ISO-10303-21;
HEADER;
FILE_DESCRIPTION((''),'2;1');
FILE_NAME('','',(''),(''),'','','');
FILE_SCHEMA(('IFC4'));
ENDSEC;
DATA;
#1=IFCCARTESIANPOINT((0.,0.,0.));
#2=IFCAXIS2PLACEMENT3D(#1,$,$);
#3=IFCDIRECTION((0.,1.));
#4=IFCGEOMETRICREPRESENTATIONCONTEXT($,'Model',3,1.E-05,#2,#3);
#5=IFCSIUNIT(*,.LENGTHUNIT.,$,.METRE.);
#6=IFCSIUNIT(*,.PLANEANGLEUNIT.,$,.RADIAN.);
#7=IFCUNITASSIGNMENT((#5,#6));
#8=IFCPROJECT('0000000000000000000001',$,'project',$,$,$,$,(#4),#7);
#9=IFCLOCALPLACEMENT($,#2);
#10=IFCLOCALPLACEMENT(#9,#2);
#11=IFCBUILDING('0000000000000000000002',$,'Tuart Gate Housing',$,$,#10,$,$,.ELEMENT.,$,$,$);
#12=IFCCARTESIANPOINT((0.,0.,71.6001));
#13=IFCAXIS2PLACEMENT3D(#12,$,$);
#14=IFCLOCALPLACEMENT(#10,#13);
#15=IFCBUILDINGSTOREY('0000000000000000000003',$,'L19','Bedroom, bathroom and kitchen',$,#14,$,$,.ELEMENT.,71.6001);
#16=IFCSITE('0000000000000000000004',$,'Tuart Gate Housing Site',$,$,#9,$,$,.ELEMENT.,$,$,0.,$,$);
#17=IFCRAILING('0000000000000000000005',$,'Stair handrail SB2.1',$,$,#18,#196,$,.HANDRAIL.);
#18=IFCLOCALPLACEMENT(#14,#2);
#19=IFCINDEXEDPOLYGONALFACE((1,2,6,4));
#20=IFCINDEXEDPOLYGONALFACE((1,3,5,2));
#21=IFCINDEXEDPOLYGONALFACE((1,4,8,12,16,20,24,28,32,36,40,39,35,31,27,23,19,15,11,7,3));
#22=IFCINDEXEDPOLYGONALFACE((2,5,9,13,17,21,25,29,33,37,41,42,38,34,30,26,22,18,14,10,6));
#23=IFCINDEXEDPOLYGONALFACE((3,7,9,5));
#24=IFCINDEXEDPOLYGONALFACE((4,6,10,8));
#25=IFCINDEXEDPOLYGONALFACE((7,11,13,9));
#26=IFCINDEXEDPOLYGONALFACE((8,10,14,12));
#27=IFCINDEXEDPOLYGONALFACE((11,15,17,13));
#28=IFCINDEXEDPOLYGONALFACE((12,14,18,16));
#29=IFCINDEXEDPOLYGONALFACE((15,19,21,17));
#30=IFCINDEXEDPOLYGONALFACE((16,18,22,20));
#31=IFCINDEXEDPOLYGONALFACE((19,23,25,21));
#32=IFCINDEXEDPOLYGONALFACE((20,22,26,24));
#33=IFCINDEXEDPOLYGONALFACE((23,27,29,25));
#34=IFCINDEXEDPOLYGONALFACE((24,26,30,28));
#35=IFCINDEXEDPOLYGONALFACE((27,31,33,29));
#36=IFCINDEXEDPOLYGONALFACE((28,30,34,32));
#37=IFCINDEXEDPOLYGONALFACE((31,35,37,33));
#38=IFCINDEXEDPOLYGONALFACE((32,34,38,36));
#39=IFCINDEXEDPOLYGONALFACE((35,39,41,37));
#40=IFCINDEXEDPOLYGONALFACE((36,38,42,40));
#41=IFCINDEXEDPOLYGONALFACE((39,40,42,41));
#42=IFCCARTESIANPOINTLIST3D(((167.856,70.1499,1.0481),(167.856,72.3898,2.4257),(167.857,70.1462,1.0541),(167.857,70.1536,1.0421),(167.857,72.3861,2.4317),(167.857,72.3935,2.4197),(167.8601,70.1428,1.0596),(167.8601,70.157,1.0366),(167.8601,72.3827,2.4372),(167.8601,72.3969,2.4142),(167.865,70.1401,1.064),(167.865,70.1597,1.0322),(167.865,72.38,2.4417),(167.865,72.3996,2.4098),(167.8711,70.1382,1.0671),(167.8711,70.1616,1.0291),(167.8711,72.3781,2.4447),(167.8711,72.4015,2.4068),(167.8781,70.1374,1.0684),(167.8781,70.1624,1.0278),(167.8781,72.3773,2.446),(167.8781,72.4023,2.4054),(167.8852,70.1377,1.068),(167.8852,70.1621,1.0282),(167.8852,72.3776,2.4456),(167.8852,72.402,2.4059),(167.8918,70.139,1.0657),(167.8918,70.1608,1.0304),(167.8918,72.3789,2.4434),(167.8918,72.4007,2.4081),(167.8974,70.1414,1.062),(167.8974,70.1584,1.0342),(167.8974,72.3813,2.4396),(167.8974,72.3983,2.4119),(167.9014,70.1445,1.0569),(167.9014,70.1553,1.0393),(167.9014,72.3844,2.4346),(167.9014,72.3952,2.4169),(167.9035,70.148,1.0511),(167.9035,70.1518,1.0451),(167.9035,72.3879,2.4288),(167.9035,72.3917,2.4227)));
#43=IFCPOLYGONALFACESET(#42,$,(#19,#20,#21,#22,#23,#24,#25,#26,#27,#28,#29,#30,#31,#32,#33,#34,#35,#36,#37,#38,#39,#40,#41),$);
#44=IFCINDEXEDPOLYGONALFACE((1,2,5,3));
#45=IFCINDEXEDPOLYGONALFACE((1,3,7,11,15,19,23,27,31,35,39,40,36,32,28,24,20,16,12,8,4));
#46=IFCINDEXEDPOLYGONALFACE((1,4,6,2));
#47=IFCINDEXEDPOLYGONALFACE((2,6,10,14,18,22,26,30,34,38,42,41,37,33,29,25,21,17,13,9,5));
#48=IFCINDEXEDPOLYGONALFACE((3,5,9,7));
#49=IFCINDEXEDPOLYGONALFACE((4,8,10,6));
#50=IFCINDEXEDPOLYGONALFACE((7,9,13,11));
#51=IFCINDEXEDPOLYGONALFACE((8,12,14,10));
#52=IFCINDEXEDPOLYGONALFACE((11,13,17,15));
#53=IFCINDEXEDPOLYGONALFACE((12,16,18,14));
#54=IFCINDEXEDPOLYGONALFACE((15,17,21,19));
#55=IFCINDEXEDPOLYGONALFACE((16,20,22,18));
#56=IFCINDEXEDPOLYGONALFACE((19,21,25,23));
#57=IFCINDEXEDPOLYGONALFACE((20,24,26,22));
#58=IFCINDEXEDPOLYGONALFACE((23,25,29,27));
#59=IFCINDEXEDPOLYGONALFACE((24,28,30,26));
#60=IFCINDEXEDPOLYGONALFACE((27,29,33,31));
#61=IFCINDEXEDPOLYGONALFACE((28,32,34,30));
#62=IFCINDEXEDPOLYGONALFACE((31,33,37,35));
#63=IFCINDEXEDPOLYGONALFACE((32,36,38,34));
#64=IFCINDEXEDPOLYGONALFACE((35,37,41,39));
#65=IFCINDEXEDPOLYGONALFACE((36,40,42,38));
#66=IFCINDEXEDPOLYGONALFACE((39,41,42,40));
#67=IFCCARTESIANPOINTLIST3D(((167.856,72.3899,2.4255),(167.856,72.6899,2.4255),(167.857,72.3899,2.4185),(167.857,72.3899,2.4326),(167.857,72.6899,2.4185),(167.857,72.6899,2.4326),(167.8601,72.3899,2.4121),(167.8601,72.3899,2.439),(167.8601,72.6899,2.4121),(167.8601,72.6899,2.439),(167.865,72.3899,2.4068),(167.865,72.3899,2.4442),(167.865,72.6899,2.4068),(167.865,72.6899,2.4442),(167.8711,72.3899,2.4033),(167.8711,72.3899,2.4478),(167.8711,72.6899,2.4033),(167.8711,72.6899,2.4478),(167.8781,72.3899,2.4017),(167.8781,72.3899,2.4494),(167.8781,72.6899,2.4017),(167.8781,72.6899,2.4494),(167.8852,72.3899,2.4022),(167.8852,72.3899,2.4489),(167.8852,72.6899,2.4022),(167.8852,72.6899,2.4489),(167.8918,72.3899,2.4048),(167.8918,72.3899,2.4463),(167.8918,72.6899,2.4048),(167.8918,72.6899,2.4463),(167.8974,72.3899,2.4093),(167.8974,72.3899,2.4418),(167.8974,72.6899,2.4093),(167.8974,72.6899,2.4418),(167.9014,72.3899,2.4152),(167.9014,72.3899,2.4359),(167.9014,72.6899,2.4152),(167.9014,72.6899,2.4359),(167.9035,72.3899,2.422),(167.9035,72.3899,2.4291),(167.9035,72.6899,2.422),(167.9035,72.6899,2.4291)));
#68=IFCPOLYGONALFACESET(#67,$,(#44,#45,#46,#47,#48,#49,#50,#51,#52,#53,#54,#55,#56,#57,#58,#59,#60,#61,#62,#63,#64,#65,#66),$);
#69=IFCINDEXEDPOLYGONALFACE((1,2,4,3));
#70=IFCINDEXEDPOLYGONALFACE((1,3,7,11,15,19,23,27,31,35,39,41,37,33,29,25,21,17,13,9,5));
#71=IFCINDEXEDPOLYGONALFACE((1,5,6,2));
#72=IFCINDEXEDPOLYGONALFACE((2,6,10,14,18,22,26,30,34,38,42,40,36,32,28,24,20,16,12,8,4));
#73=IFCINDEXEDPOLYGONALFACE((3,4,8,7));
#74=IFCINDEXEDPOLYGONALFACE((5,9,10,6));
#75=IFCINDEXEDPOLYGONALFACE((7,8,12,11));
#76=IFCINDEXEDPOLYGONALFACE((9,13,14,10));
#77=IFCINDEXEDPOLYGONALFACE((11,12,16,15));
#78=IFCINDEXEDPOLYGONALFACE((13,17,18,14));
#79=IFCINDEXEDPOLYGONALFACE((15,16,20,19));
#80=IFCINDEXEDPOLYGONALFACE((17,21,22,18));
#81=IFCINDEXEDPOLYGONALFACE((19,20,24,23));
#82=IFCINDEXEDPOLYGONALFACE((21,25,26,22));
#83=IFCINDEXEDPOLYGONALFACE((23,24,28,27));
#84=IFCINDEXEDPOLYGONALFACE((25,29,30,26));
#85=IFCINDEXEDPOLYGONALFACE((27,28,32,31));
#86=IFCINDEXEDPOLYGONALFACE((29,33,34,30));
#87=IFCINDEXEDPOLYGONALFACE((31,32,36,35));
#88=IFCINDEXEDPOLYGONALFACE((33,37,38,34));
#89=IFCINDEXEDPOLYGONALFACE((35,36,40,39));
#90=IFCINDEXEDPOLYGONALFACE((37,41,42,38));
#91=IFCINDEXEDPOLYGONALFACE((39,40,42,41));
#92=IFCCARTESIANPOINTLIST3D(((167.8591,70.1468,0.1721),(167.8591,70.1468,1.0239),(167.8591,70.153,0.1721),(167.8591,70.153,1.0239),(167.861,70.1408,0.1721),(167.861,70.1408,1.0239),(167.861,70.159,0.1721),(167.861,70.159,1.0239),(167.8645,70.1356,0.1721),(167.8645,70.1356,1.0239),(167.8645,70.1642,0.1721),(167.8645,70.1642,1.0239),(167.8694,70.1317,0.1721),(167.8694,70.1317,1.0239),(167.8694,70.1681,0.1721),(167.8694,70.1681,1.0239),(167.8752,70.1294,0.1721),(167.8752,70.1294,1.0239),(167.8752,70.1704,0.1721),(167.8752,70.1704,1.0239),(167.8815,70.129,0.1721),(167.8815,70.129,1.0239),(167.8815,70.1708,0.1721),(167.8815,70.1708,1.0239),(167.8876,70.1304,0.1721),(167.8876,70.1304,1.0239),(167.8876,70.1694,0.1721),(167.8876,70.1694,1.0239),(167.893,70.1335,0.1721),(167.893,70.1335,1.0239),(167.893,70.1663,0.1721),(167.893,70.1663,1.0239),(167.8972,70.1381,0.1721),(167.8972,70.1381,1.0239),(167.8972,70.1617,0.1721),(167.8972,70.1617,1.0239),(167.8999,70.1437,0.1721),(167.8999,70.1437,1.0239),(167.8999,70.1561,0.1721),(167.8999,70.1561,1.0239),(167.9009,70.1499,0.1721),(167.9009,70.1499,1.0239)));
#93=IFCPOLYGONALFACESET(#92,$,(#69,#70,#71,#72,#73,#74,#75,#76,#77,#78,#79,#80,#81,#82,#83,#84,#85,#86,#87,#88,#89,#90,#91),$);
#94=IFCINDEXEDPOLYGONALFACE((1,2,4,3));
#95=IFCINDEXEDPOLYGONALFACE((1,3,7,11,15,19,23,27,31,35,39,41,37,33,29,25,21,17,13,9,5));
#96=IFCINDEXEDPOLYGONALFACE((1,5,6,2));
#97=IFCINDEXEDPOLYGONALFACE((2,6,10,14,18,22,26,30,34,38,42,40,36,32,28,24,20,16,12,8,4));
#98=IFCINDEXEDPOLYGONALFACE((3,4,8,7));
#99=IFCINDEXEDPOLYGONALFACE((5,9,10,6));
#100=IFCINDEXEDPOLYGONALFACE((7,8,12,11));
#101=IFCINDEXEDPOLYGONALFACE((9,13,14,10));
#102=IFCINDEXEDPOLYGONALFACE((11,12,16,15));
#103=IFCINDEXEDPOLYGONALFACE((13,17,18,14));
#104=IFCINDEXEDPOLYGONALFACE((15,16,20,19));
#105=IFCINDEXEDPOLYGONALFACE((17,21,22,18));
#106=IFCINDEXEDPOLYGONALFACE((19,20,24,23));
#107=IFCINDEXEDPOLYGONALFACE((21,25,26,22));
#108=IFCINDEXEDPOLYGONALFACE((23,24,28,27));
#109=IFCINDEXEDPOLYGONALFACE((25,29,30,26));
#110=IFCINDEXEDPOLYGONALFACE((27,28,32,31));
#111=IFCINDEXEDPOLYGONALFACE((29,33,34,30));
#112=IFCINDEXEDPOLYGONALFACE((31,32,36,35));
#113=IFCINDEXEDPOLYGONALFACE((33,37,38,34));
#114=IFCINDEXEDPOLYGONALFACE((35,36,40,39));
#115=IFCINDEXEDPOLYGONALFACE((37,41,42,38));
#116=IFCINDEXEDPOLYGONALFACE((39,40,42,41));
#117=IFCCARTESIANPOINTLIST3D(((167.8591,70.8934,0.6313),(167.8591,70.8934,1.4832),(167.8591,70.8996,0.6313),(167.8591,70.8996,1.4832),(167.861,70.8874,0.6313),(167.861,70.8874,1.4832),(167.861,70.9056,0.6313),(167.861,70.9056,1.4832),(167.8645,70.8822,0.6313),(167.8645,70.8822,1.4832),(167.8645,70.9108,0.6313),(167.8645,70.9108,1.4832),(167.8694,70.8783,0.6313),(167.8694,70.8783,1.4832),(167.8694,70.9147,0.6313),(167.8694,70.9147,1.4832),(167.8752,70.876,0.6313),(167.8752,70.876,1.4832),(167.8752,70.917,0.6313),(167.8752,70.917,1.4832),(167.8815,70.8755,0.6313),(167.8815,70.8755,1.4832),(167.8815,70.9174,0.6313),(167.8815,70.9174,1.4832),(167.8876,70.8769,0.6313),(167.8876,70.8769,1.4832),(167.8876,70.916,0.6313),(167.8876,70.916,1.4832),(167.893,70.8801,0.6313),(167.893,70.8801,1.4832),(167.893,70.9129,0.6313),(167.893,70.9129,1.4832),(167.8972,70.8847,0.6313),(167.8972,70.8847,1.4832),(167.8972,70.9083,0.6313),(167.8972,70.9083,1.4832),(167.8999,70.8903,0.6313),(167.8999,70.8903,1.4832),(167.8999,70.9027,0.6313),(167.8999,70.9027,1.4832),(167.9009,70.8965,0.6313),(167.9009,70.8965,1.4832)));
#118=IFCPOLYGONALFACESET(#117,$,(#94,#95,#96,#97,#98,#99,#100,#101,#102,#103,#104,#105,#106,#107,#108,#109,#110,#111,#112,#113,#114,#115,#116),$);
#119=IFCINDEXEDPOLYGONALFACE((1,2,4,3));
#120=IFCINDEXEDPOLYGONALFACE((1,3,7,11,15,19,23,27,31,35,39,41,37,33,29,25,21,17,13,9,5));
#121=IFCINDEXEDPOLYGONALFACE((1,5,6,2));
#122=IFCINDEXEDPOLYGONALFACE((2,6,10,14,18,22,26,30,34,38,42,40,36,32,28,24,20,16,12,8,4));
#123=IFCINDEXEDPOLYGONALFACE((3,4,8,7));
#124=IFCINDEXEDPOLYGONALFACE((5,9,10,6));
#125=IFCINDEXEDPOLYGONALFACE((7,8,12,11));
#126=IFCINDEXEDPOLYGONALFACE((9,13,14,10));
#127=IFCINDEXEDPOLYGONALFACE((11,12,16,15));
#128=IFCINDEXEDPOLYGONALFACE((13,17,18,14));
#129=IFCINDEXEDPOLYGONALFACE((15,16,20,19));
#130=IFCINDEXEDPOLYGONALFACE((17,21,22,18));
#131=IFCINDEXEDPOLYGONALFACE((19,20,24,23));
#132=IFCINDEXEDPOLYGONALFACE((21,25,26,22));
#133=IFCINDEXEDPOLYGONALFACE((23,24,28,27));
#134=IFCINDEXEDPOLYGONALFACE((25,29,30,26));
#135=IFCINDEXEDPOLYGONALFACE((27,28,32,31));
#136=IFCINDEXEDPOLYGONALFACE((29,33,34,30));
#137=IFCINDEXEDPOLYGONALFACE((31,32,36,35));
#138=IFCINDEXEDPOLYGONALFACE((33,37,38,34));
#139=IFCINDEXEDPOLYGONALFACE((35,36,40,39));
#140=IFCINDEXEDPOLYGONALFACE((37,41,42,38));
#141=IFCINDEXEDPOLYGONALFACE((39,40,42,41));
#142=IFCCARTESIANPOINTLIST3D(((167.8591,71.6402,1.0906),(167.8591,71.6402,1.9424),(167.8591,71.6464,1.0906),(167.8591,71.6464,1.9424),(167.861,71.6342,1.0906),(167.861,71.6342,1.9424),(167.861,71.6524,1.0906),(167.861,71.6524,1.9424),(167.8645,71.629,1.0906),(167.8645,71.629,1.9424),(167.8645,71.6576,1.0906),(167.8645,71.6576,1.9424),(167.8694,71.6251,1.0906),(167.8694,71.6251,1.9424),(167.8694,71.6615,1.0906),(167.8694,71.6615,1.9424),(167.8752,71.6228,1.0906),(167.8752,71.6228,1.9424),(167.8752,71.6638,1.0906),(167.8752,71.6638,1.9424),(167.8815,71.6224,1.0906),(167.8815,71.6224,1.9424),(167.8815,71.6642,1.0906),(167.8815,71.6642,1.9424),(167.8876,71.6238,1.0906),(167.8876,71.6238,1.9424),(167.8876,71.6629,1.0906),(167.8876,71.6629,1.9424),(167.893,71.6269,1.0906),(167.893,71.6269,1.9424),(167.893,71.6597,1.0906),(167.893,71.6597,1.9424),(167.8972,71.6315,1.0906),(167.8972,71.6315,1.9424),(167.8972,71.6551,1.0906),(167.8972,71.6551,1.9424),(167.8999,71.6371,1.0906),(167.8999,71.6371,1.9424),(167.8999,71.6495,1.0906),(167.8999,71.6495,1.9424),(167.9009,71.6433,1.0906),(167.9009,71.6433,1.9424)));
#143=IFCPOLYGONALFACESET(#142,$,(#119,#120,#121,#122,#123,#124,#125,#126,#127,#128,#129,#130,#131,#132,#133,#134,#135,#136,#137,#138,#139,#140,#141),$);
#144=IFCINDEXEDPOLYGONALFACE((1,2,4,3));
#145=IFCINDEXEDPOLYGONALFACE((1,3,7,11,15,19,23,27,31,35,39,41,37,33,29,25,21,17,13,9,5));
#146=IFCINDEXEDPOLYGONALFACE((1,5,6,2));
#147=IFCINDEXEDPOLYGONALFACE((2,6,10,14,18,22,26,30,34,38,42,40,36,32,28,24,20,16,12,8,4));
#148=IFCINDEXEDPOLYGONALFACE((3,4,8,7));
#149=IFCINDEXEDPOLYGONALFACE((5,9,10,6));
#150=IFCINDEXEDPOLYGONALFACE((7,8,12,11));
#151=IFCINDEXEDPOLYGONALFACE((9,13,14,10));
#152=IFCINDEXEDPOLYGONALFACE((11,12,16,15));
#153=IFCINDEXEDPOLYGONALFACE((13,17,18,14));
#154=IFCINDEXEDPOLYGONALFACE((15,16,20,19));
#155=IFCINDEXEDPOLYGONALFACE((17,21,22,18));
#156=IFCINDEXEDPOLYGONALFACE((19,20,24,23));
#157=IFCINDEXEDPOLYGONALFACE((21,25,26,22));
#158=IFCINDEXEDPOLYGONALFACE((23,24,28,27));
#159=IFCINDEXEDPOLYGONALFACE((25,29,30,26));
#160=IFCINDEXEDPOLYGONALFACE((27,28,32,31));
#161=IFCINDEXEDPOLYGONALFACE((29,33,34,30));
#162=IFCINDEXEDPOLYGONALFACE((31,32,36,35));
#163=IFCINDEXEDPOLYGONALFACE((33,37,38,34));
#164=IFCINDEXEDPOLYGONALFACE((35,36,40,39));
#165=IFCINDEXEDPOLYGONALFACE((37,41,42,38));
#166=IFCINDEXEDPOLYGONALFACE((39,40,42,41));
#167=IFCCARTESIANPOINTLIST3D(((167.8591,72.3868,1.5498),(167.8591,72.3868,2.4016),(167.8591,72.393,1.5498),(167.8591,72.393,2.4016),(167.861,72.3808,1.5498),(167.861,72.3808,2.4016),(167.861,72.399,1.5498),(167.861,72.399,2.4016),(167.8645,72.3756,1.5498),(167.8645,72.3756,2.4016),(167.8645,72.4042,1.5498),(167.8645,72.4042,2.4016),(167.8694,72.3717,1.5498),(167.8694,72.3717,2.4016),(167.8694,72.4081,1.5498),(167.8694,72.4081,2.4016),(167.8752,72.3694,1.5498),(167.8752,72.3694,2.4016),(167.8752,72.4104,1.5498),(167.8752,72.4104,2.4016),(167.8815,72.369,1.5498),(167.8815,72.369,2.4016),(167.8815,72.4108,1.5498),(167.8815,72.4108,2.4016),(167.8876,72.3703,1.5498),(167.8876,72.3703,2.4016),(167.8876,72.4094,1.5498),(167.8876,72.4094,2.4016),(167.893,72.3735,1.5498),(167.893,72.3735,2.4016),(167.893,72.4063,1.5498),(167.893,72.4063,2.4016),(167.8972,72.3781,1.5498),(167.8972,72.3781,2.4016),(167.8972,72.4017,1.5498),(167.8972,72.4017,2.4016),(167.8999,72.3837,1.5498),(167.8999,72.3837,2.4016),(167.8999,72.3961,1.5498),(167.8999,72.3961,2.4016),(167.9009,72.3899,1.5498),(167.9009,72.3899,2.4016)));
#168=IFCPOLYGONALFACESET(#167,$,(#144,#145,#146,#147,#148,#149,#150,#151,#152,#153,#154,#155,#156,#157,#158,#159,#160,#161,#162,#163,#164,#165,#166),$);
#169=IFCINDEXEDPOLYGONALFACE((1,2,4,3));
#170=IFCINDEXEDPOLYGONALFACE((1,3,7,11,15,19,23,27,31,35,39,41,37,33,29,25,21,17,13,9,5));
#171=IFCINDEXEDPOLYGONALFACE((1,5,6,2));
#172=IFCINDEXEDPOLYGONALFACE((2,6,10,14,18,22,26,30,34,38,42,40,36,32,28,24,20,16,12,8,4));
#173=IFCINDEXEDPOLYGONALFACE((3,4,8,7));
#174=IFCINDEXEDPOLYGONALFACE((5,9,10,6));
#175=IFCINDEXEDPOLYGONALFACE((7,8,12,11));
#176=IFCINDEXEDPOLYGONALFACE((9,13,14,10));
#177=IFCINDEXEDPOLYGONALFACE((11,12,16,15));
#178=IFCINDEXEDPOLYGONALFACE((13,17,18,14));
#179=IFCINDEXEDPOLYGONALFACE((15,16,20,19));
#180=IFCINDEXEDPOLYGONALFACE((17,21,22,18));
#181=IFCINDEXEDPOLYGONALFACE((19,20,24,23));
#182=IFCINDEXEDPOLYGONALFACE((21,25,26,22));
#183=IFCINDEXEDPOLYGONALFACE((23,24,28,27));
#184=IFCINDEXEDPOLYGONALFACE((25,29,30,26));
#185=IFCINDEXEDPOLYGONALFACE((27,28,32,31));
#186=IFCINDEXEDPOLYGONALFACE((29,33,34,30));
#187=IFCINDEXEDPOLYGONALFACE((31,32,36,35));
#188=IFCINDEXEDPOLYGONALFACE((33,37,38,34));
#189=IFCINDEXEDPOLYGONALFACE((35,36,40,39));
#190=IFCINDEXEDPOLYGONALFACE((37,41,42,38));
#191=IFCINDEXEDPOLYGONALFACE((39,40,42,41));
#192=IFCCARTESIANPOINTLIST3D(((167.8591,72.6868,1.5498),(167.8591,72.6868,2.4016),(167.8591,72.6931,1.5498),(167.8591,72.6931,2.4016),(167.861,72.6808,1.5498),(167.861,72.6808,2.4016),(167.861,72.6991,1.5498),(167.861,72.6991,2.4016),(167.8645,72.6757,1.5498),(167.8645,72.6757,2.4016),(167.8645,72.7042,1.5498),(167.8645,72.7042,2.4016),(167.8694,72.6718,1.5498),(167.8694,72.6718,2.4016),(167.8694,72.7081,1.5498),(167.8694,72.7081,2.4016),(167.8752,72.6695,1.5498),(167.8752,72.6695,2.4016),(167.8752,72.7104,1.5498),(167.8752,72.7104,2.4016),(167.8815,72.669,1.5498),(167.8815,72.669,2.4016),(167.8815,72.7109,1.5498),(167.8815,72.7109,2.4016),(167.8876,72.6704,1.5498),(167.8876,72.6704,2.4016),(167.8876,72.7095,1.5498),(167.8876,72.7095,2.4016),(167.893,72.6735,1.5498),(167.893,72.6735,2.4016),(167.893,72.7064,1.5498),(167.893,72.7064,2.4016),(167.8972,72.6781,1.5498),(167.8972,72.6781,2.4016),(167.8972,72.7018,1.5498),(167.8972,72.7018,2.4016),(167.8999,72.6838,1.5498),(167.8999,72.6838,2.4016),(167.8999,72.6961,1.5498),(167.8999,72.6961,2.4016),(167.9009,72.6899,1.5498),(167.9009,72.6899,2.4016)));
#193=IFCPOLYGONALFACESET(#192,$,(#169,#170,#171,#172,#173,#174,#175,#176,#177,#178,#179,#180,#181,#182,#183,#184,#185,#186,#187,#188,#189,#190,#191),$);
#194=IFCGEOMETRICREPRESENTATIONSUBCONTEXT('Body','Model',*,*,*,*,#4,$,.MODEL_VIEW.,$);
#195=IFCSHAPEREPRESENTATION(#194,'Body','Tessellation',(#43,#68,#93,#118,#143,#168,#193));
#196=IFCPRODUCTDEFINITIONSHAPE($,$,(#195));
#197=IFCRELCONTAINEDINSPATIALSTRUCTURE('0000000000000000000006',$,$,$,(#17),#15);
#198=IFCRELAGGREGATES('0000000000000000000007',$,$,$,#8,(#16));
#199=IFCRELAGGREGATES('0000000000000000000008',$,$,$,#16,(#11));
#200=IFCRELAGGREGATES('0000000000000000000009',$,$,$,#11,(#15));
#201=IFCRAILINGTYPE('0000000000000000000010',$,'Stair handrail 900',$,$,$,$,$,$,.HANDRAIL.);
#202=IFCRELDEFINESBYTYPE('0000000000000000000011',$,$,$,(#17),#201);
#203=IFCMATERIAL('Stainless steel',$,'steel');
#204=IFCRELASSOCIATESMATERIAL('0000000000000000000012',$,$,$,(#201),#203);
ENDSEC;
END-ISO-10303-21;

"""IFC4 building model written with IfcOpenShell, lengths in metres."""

from ifc_helpers import new_model, si_unit, direction, frame, origin, origin_2d, place, context, subcontext, project, spatial, circle, extrude, material, type_object, element, save


model = new_model("IFC4")

# Units and contexts
model_context = context("Model", 3, precision=1e-05, world=origin(), true_north=direction((0.0, 1.0)))
body_context = subcontext(model_context, "Body", "Model", "MODEL_VIEW")
ifc_project = project(units=[si_unit("LENGTHUNIT", "METRE"), si_unit("PLANEANGLEUNIT", "RADIAN")], contexts=[model_context])

# Site, building, storey
site_placement = place(None, origin())
site = spatial("IfcSite", under=ifc_project, at=site_placement, Name="Tuart Gate Housing Site", CompositionType="ELEMENT", RefElevation=0.0)
building_placement = place(site_placement, origin())
building = spatial("IfcBuilding", under=site, at=building_placement, Name="Tuart Gate Housing", CompositionType="ELEMENT")
storey_placement = place(building_placement, frame((0.0, 0.0, 71.6001)))
storey = spatial("IfcBuildingStorey", under=building, at=storey_placement, Name="L19", Description="Bedroom, bathroom and kitchen", CompositionType="ELEMENT", Elevation=71.6001)

# Railing
ifc_material_1 = material(Name="Stainless steel", Category="steel")
railing_type = type_object("IfcRailingType", Name="Stair handrail 900", PredefinedType="HANDRAIL", material=ifc_material_1)
railing_placement = place(storey_placement, frame((167.8799, 70.1499, 0.1721)))
element("IfcRailing", 1, at=railing_placement, inside=storey, type_object=railing_type, Name="Stair handrail SB2.1", PredefinedType="HANDRAIL", context=body_context, shape_type="SweptSolid", body=[
    extrude(circle(Radius=0.0239, at=origin_2d()), frame((0.0, 0.0, 0.876), z_axis=(0.0, 0.851789, 0.523885), x_axis=(-1.0, 0.0, 0.0)), (0.0, 0.0, 1.0), 2.6296),
    extrude(circle(Radius=0.0239, at=origin_2d()), frame((0.0, 2.24, 2.2534), z_axis=(0.0, 1.0, 0.0), x_axis=(-1.0, 0.0, 0.0)), (0.0, 0.0, 1.0), 0.3),
    extrude(circle(Radius=0.021, at=origin_2d()), origin(), (0.0, 0.0, 1.0), 0.8518),
    extrude(circle(Radius=0.021, at=origin_2d()), frame((0.0, 0.7466, 0.4592)), (0.0, 0.0, 1.0), 0.8518),
    extrude(circle(Radius=0.021, at=origin_2d()), frame((0.0, 1.4934, 0.9185)), (0.0, 0.0, 1.0), 0.8518),
    extrude(circle(Radius=0.021, at=origin_2d()), frame((0.0, 2.24, 1.3777)), (0.0, 0.0, 1.0), 0.8518),
    extrude(circle(Radius=0.021, at=origin_2d()), frame((0.0, 2.54, 1.3777)), (0.0, 0.0, 1.0), 0.8518),
])

save(model, "model.ifc")
